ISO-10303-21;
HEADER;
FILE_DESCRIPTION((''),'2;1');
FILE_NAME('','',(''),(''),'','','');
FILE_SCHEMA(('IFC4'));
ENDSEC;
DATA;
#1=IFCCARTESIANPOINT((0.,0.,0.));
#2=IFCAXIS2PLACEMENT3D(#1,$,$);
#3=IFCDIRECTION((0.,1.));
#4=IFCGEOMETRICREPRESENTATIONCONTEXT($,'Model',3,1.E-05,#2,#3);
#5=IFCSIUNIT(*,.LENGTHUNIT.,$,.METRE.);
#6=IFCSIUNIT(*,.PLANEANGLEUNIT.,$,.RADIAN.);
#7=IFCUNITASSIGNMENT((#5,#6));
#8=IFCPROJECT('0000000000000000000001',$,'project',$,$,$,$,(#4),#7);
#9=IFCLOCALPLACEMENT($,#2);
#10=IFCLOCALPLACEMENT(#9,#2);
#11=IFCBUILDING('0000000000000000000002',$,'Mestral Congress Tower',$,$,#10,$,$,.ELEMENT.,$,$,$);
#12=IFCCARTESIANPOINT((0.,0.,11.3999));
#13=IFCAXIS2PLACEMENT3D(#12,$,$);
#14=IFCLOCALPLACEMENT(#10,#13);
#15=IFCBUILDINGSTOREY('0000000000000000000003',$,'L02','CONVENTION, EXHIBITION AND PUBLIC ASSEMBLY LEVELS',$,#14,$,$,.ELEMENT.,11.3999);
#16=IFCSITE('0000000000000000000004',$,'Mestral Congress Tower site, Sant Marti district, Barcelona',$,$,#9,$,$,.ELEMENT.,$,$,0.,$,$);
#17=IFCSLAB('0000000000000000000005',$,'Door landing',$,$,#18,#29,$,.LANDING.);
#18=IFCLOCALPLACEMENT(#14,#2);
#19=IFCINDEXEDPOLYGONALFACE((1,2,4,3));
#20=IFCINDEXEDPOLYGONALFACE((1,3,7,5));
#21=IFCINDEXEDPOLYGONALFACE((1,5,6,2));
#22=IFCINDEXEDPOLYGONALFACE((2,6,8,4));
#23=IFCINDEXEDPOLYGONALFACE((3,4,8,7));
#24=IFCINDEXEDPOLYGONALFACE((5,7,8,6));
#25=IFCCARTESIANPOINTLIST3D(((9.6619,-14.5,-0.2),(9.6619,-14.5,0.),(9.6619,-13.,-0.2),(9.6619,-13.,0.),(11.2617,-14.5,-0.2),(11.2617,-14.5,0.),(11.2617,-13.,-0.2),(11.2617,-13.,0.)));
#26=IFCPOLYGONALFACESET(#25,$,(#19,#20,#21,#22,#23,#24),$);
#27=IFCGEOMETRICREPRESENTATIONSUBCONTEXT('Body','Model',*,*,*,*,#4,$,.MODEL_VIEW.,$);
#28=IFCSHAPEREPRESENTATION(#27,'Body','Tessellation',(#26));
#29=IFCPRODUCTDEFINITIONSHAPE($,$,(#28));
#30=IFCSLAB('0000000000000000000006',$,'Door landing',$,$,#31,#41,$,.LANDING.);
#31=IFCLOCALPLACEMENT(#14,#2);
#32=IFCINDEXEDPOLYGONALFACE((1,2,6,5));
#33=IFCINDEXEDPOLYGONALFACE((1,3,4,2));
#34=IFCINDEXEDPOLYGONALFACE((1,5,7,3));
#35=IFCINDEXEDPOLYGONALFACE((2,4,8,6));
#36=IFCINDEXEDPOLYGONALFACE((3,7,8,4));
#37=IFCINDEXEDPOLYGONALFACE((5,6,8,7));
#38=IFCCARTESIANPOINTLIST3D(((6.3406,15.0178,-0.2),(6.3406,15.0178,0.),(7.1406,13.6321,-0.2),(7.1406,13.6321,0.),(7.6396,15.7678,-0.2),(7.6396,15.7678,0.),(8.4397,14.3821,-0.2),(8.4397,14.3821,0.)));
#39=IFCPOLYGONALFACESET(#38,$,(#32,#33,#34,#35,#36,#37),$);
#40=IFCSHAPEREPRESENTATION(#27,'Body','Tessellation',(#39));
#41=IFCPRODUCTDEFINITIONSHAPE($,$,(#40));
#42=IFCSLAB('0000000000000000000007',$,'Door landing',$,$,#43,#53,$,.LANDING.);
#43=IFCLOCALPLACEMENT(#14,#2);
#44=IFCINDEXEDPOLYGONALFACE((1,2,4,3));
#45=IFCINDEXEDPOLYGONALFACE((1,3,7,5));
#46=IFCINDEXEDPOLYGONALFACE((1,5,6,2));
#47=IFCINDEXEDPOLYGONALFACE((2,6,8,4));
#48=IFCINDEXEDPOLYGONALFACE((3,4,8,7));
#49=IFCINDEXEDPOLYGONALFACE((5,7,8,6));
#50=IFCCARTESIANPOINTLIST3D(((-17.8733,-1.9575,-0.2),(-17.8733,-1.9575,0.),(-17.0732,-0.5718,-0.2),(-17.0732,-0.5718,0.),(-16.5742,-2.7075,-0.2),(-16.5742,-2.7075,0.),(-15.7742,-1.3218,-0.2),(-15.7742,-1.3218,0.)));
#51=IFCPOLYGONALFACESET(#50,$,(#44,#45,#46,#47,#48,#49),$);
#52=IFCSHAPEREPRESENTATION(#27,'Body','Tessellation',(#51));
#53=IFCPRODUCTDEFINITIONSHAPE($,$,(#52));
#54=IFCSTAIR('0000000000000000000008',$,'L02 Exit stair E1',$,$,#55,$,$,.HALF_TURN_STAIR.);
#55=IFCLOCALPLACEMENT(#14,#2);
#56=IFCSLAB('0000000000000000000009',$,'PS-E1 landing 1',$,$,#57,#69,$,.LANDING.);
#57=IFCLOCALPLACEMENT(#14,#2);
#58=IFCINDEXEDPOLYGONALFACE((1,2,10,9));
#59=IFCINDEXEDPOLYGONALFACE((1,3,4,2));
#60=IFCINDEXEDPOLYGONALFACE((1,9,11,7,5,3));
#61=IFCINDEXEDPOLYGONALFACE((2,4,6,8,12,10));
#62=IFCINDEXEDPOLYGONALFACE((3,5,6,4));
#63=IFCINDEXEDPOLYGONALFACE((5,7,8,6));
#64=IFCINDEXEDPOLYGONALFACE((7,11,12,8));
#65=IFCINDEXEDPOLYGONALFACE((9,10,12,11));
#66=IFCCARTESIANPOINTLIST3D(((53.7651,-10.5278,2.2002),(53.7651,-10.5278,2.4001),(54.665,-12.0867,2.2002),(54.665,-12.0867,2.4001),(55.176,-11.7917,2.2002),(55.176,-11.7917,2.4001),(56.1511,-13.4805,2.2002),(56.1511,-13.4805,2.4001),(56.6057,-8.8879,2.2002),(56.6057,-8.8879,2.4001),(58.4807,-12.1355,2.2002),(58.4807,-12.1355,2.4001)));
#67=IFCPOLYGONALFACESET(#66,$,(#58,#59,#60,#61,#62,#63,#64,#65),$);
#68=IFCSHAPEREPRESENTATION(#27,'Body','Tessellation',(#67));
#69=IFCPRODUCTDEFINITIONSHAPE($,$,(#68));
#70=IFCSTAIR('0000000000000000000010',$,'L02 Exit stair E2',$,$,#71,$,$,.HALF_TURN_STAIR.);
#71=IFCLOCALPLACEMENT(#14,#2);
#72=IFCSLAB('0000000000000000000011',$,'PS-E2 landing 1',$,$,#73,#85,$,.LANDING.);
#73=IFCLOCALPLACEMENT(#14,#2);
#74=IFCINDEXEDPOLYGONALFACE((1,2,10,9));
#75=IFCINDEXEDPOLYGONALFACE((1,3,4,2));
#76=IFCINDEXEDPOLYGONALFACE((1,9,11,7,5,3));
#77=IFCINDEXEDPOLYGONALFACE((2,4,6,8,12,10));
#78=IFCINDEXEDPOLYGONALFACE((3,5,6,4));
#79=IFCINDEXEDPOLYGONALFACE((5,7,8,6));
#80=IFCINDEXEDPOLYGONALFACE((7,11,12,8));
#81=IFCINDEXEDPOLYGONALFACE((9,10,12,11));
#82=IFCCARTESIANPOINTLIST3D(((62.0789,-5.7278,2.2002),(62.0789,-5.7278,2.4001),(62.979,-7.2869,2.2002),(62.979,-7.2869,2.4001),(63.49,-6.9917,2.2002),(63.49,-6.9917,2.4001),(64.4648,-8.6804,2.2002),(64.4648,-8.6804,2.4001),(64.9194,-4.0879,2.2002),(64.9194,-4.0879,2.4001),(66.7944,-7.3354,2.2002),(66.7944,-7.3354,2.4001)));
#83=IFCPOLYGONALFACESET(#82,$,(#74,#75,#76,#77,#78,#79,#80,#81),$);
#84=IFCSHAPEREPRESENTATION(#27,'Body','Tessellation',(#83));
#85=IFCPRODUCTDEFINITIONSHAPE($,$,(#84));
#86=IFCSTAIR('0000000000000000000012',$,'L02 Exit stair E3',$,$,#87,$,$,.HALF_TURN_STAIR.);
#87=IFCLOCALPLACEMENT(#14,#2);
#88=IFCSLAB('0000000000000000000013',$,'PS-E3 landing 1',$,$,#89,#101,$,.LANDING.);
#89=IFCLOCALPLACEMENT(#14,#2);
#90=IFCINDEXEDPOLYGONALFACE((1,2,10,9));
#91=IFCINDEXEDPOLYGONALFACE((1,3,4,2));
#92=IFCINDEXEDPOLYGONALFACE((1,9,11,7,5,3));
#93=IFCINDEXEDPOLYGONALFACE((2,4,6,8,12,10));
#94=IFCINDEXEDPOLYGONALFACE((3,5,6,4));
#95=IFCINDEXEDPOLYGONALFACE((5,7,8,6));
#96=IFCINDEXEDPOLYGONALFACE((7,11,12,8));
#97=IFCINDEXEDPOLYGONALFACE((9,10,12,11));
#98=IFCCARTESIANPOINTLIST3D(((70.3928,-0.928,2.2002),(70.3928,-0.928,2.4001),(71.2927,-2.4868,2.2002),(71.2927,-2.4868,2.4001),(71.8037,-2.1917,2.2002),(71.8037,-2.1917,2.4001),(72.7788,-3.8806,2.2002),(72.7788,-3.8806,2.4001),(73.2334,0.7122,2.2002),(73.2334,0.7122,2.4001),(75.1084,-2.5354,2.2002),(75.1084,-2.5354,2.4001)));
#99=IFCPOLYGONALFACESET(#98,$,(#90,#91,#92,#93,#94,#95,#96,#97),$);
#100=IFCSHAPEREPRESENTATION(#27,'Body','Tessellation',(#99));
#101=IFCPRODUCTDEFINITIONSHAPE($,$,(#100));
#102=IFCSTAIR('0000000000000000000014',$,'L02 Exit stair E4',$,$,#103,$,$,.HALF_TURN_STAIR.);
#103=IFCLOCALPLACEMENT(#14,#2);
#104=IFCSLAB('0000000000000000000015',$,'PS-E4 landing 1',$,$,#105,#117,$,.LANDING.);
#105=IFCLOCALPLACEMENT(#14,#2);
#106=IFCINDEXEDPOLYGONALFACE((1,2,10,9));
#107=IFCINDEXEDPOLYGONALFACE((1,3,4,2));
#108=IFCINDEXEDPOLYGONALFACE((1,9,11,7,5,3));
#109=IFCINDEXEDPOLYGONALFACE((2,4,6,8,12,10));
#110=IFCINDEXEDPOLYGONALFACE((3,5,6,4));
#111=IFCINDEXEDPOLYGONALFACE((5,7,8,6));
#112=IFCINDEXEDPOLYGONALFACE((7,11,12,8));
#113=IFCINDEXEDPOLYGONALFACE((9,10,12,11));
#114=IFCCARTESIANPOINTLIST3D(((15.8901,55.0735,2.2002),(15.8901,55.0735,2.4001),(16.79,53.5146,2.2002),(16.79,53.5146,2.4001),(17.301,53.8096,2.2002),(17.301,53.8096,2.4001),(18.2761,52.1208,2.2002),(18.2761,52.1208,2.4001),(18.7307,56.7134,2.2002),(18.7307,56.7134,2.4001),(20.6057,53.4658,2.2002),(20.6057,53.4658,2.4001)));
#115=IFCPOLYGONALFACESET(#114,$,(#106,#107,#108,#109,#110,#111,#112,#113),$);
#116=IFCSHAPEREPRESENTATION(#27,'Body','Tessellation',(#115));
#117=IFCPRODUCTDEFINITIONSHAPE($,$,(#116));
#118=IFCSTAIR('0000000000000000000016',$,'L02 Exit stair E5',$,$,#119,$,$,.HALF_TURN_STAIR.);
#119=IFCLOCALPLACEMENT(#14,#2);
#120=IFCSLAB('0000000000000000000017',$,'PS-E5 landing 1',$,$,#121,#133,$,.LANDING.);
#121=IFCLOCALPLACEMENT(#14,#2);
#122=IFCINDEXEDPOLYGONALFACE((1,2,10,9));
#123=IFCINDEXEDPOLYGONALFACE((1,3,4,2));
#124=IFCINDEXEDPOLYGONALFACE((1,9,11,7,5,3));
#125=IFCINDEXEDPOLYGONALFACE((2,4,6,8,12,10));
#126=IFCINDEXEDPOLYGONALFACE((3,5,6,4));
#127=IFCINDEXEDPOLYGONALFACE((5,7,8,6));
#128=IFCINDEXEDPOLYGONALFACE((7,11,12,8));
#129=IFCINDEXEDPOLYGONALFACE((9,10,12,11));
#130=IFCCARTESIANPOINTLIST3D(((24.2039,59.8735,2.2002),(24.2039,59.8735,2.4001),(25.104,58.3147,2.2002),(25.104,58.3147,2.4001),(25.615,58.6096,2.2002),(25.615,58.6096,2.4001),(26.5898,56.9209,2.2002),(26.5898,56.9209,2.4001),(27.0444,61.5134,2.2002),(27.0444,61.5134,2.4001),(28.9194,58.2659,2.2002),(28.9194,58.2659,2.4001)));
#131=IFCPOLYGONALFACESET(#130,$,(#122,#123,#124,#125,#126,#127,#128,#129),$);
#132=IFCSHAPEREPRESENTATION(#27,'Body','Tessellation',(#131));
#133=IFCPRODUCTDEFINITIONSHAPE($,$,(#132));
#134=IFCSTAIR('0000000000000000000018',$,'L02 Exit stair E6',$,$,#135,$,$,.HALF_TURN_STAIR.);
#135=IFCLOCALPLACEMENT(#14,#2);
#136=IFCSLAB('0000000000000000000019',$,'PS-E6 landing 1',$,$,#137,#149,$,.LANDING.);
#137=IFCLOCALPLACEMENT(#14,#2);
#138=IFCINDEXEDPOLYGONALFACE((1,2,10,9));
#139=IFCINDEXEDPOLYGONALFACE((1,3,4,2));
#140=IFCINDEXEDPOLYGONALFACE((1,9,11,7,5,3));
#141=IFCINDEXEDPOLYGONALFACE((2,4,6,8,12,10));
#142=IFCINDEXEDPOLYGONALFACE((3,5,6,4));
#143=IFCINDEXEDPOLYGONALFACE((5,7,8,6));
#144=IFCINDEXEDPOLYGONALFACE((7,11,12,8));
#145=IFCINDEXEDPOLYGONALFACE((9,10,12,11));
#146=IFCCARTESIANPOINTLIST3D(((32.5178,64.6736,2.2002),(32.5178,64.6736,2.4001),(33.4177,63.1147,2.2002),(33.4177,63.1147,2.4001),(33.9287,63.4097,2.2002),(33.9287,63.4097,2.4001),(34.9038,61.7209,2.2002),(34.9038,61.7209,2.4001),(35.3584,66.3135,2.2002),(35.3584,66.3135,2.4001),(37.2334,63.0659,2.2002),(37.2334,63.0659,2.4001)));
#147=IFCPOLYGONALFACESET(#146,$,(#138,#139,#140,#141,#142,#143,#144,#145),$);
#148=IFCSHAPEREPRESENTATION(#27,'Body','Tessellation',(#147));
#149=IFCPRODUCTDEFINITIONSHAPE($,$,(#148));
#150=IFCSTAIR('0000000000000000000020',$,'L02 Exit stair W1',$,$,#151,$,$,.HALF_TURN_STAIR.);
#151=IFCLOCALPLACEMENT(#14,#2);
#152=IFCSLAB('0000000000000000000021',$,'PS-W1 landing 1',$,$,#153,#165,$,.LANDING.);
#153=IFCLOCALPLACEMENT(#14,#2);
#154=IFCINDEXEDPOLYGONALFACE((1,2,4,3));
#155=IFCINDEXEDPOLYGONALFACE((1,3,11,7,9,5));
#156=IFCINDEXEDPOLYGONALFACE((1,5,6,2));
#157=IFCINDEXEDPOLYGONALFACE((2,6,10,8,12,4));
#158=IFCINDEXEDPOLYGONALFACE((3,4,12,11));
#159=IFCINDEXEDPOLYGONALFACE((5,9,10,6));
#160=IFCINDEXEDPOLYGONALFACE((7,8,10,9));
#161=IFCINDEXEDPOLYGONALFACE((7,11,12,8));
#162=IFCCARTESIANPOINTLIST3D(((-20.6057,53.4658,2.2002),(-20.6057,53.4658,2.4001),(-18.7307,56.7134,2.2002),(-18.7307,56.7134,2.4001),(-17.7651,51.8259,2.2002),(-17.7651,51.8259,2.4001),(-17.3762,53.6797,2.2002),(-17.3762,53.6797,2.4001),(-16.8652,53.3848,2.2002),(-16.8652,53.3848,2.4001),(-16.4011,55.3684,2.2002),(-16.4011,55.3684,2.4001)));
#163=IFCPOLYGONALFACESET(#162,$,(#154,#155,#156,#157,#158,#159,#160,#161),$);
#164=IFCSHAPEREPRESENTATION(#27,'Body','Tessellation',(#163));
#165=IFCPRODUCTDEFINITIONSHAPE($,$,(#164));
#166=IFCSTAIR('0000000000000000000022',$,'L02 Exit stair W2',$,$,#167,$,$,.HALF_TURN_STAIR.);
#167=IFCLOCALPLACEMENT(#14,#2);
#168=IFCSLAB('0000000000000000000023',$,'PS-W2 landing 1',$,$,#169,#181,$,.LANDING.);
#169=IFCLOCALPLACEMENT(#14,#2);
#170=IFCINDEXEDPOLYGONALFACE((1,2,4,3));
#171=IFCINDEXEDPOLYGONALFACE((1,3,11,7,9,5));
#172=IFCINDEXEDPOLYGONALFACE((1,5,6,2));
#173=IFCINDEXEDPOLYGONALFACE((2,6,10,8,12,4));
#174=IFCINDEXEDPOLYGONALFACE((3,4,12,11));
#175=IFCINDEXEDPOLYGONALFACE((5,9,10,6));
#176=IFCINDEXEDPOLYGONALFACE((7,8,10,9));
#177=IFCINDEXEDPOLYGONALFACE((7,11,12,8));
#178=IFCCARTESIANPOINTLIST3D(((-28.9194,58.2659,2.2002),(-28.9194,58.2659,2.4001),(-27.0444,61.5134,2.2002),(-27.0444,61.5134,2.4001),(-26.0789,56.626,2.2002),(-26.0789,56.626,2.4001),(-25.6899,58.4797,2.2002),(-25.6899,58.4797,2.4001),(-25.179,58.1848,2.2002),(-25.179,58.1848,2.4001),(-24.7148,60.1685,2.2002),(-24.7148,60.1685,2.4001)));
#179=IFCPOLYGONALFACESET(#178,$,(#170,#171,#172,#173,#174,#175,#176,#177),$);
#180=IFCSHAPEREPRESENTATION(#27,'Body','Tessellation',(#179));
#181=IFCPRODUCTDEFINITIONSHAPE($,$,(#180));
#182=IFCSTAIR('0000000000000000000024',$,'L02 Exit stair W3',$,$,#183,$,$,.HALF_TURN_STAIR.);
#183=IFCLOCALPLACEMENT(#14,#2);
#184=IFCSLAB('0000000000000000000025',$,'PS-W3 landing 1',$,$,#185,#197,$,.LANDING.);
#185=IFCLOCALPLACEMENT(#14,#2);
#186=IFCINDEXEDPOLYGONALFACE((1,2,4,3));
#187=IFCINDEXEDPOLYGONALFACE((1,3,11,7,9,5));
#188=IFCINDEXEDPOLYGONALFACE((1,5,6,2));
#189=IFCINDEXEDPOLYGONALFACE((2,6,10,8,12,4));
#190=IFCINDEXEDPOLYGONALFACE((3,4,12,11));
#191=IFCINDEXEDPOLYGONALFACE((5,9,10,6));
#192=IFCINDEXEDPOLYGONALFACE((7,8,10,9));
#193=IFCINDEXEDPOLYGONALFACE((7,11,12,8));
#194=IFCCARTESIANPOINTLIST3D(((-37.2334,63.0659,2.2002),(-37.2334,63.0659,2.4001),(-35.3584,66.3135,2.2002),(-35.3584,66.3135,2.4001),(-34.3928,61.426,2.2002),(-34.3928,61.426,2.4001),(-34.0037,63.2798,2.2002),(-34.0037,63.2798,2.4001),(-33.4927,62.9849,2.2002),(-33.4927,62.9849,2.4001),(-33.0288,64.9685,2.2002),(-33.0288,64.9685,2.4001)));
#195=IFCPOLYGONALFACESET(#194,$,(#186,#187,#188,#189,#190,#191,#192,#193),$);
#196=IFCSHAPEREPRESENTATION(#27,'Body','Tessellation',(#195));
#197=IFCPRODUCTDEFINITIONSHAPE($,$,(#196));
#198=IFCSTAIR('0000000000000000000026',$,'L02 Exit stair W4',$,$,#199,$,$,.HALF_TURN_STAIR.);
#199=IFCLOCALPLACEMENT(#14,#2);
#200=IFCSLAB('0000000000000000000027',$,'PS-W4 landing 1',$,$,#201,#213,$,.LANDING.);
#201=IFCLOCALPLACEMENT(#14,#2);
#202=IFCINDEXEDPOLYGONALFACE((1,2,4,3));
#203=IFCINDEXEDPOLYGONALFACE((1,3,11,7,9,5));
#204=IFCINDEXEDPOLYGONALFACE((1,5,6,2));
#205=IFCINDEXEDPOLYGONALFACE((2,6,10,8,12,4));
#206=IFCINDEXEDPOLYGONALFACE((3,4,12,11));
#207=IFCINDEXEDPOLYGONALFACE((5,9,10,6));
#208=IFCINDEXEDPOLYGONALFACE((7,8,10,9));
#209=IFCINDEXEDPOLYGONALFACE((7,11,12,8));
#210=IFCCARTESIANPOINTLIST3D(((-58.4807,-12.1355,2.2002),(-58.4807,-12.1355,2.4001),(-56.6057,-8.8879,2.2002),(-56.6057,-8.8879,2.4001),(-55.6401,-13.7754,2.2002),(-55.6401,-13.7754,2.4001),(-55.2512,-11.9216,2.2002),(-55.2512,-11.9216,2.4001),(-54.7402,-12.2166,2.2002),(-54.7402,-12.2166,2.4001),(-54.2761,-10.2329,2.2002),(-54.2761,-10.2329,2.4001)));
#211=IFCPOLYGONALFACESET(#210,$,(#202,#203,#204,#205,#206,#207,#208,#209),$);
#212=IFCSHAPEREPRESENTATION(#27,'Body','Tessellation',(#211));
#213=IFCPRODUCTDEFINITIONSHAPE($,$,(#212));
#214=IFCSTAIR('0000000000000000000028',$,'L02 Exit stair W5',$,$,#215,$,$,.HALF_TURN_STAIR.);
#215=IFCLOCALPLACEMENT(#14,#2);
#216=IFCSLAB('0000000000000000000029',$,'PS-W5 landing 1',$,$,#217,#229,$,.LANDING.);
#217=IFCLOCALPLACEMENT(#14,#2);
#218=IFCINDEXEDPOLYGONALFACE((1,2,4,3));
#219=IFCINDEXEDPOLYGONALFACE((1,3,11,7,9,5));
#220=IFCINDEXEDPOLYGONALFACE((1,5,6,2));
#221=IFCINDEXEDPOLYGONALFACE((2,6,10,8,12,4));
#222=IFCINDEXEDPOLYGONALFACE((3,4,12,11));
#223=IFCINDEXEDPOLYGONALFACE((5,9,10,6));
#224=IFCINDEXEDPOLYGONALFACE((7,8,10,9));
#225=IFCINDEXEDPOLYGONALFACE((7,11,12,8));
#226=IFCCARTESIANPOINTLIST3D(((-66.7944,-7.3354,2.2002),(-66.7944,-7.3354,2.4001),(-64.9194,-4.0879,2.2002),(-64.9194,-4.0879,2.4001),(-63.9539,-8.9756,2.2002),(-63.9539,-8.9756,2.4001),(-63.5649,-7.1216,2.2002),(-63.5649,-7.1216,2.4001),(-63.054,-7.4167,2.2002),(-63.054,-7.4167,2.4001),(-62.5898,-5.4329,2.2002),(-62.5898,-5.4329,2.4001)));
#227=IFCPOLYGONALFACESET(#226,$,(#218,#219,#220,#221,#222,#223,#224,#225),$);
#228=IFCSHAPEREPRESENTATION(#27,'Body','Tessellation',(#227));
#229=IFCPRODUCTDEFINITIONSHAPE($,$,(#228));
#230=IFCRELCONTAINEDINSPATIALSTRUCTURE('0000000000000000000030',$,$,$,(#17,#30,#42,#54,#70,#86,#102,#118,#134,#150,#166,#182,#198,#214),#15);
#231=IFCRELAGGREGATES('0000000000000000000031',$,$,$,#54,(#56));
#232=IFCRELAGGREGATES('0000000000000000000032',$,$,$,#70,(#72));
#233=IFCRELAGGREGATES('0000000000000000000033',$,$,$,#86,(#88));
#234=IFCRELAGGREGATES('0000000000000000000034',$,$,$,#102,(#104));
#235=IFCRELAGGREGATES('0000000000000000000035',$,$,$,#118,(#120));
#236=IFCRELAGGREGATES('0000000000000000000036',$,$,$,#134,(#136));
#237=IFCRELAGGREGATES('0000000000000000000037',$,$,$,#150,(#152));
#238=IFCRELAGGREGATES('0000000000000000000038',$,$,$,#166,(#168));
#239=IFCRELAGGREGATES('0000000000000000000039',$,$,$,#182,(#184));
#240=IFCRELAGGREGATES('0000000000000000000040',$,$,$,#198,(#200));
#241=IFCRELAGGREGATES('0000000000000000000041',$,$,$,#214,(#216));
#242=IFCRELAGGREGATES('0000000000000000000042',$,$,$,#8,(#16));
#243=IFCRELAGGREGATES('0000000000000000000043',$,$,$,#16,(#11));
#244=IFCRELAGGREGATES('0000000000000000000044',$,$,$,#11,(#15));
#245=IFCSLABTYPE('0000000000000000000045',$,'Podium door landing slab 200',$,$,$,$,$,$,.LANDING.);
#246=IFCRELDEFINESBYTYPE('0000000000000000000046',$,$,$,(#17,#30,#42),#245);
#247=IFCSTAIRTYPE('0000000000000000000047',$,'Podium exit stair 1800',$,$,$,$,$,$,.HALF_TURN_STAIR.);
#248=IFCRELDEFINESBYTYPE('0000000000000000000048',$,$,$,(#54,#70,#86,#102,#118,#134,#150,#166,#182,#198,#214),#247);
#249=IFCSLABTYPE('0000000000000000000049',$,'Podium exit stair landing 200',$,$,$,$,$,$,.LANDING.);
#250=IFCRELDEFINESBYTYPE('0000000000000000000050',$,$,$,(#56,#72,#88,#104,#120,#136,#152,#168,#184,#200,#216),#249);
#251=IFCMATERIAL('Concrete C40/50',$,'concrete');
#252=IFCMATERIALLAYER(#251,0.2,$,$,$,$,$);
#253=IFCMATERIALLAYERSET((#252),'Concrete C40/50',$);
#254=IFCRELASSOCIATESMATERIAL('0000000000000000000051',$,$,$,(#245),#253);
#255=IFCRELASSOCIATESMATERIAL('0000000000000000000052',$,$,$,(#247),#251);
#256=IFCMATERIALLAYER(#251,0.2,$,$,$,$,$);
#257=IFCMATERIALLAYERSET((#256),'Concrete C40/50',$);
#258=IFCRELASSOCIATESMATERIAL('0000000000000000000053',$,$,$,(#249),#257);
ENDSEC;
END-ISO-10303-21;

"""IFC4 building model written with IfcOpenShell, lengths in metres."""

from ifc_helpers import new_model, si_unit, direction, frame, origin, place, context, subcontext, project, spatial, polyline, outline, extrude, material, layer, layer_set, type_object, element, aggregate, save


model = new_model("IFC4")

# Units and contexts
model_context = context("Model", 3, precision=1e-05, world=origin(), true_north=direction((0.0, 1.0)))
body_context = subcontext(model_context, "Body", "Model", "MODEL_VIEW")
ifc_project = project(units=[si_unit("LENGTHUNIT", "METRE"), si_unit("PLANEANGLEUNIT", "RADIAN")], contexts=[model_context])

# Site, building, storey
site_placement = place(None, origin())
site = spatial("IfcSite", under=ifc_project, at=site_placement, Name="Mestral Congress Tower site, Sant Marti district, Barcelona", CompositionType="ELEMENT", RefElevation=0.0)
building_placement = place(site_placement, origin())
building = spatial("IfcBuilding", under=site, at=building_placement, Name="Mestral Congress Tower", CompositionType="ELEMENT")
storey_placement = place(building_placement, frame((0.0, 0.0, 11.3999)))
storey = spatial("IfcBuildingStorey", under=building, at=storey_placement, Name="L02", Description="CONVENTION, EXHIBITION AND PUBLIC ASSEMBLY LEVELS", CompositionType="ELEMENT", Elevation=11.3999)

# Slabs
ifc_material_1 = material(Name="Concrete C40/50", Category="concrete")
ifc_layer_1 = layer(ifc_material_1, 0.2)
ifc_layer_set_1 = layer_set([ifc_layer_1], Name="Concrete C40/50")
slab_type_1 = type_object("IfcSlabType", Name="Podium door landing slab 200", PredefinedType="LANDING", material=ifc_layer_set_1)
placement_1 = place(storey_placement, frame((0.0, 0.0, -0.2)))
element("IfcSlab", 1, at=placement_1, inside=storey, type_object=slab_type_1, Name="Door landing", PredefinedType="LANDING", context=body_context, shape_type="SweptSolid", body=[
    extrude(outline(polyline([(9.6619, -13.0), (9.6619, -14.5), (11.2617, -14.5), (11.2617, -13.0), (9.6619, -13.0)])), origin(), (0.0, 0.0, 1.0), 0.2),
])
element("IfcSlab", 2, at=placement_1, inside=storey, type_object=slab_type_1, Name="Door landing", PredefinedType="LANDING", context=body_context, shape_type="SweptSolid", body=[
    extrude(outline(polyline([(7.1406, 13.6321), (8.4397, 14.3821), (7.6396, 15.7678), (6.3406, 15.0178), (7.1406, 13.6321)])), origin(), (0.0, 0.0, 1.0), 0.2),
])
element("IfcSlab", 3, at=placement_1, inside=storey, type_object=slab_type_1, Name="Door landing", PredefinedType="LANDING", context=body_context, shape_type="SweptSolid", body=[
    extrude(outline(polyline([(-15.7742, -1.3218), (-17.0732, -0.5718), (-17.8733, -1.9575), (-16.5742, -2.7075), (-15.7742, -1.3218)])), origin(), (0.0, 0.0, 1.0), 0.2),
])

# Stairs, slabs
stair_type = type_object("IfcStairType", Name="Podium exit stair 1800", PredefinedType="HALF_TURN_STAIR", material=ifc_material_1)
placement_2 = place(storey_placement, origin())
stair_1 = element("IfcStair", 4, at=placement_2, inside=storey, type_object=stair_type, Name="L02 Exit stair E1", PredefinedType="HALF_TURN_STAIR")
ifc_layer_2 = layer(ifc_material_1, 0.2)
ifc_layer_set_2 = layer_set([ifc_layer_2], Name="Concrete C40/50")
slab_type_2 = type_object("IfcSlabType", Name="Podium exit stair landing 200", PredefinedType="LANDING", material=ifc_layer_set_2)
placement_3 = place(storey_placement, frame((0.0, 0.0, 2.2002)))
slab_1 = element("IfcSlab", 5, at=placement_3, type_object=slab_type_2, Name="PS-E1 landing 1", PredefinedType="LANDING", context=body_context, shape_type="SweptSolid", body=[
    extrude(outline(polyline([(58.4807, -12.1355), (56.1511, -13.4805), (55.176, -11.7917), (54.665, -12.0867), (53.7651, -10.5278), (56.6057, -8.8879), (58.4807, -12.1355)])), origin(), (0.0, 0.0, 1.0), 0.2),
])
aggregate(stair_1, [slab_1])
stair_2 = element("IfcStair", 6, at=placement_2, inside=storey, type_object=stair_type, Name="L02 Exit stair E2", PredefinedType="HALF_TURN_STAIR")
slab_2 = element("IfcSlab", 7, at=placement_3, type_object=slab_type_2, Name="PS-E2 landing 1", PredefinedType="LANDING", context=body_context, shape_type="SweptSolid", body=[
    extrude(outline(polyline([(66.7944, -7.3354), (64.4648, -8.6804), (63.49, -6.9917), (62.979, -7.2869), (62.0789, -5.7278), (64.9194, -4.0879), (66.7944, -7.3354)])), origin(), (0.0, 0.0, 1.0), 0.2),
])
aggregate(stair_2, [slab_2])
stair_3 = element("IfcStair", 8, at=placement_2, inside=storey, type_object=stair_type, Name="L02 Exit stair E3", PredefinedType="HALF_TURN_STAIR")
slab_3 = element("IfcSlab", 9, at=placement_3, type_object=slab_type_2, Name="PS-E3 landing 1", PredefinedType="LANDING", context=body_context, shape_type="SweptSolid", body=[
    extrude(outline(polyline([(75.1084, -2.5354), (72.7788, -3.8806), (71.8037, -2.1917), (71.2927, -2.4868), (70.3928, -0.928), (73.2334, 0.7122), (75.1084, -2.5354)])), origin(), (0.0, 0.0, 1.0), 0.2),
])
aggregate(stair_3, [slab_3])
stair_4 = element("IfcStair", 10, at=placement_2, inside=storey, type_object=stair_type, Name="L02 Exit stair E4", PredefinedType="HALF_TURN_STAIR")
slab_4 = element("IfcSlab", 11, at=placement_3, type_object=slab_type_2, Name="PS-E4 landing 1", PredefinedType="LANDING", context=body_context, shape_type="SweptSolid", body=[
    extrude(outline(polyline([(20.6057, 53.4658), (18.2761, 52.1208), (17.301, 53.8096), (16.79, 53.5146), (15.8901, 55.0735), (18.7307, 56.7134), (20.6057, 53.4658)])), origin(), (0.0, 0.0, 1.0), 0.2),
])
aggregate(stair_4, [slab_4])
stair_5 = element("IfcStair", 12, at=placement_2, inside=storey, type_object=stair_type, Name="L02 Exit stair E5", PredefinedType="HALF_TURN_STAIR")
slab_5 = element("IfcSlab", 13, at=placement_3, type_object=slab_type_2, Name="PS-E5 landing 1", PredefinedType="LANDING", context=body_context, shape_type="SweptSolid", body=[
    extrude(outline(polyline([(28.9194, 58.2659), (26.5898, 56.9209), (25.615, 58.6096), (25.104, 58.3147), (24.2039, 59.8735), (27.0444, 61.5134), (28.9194, 58.2659)])), origin(), (0.0, 0.0, 1.0), 0.2),
])
aggregate(stair_5, [slab_5])
stair_6 = element("IfcStair", 14, at=placement_2, inside=storey, type_object=stair_type, Name="L02 Exit stair E6", PredefinedType="HALF_TURN_STAIR")
slab_6 = element("IfcSlab", 15, at=placement_3, type_object=slab_type_2, Name="PS-E6 landing 1", PredefinedType="LANDING", context=body_context, shape_type="SweptSolid", body=[
    extrude(outline(polyline([(37.2334, 63.0659), (34.9038, 61.7209), (33.9287, 63.4097), (33.4177, 63.1147), (32.5178, 64.6736), (35.3584, 66.3135), (37.2334, 63.0659)])), origin(), (0.0, 0.0, 1.0), 0.2),
])
aggregate(stair_6, [slab_6])
stair_7 = element("IfcStair", 16, at=placement_2, inside=storey, type_object=stair_type, Name="L02 Exit stair W1", PredefinedType="HALF_TURN_STAIR")
slab_7 = element("IfcSlab", 17, at=placement_3, type_object=slab_type_2, Name="PS-W1 landing 1", PredefinedType="LANDING", context=body_context, shape_type="SweptSolid", body=[
    extrude(outline(polyline([(-16.8652, 53.3848), (-17.7651, 51.8259), (-20.6057, 53.4658), (-18.7307, 56.7134), (-16.4011, 55.3684), (-17.3762, 53.6797), (-16.8652, 53.3848)])), origin(), (0.0, 0.0, 1.0), 0.2),
])
aggregate(stair_7, [slab_7])
stair_8 = element("IfcStair", 18, at=placement_2, inside=storey, type_object=stair_type, Name="L02 Exit stair W2", PredefinedType="HALF_TURN_STAIR")
slab_8 = element("IfcSlab", 19, at=placement_3, type_object=slab_type_2, Name="PS-W2 landing 1", PredefinedType="LANDING", context=body_context, shape_type="SweptSolid", body=[
    extrude(outline(polyline([(-25.179, 58.1848), (-26.0789, 56.626), (-28.9194, 58.2659), (-27.0444, 61.5134), (-24.7148, 60.1685), (-25.6899, 58.4797), (-25.179, 58.1848)])), origin(), (0.0, 0.0, 1.0), 0.2),
])
aggregate(stair_8, [slab_8])
stair_9 = element("IfcStair", 20, at=placement_2, inside=storey, type_object=stair_type, Name="L02 Exit stair W3", PredefinedType="HALF_TURN_STAIR")
slab_9 = element("IfcSlab", 21, at=placement_3, type_object=slab_type_2, Name="PS-W3 landing 1", PredefinedType="LANDING", context=body_context, shape_type="SweptSolid", body=[
    extrude(outline(polyline([(-33.4927, 62.9849), (-34.3928, 61.426), (-37.2334, 63.0659), (-35.3584, 66.3135), (-33.0288, 64.9685), (-34.0037, 63.2798), (-33.4927, 62.9849)])), origin(), (0.0, 0.0, 1.0), 0.2),
])
aggregate(stair_9, [slab_9])
stair_10 = element("IfcStair", 22, at=placement_2, inside=storey, type_object=stair_type, Name="L02 Exit stair W4", PredefinedType="HALF_TURN_STAIR")
slab_10 = element("IfcSlab", 23, at=placement_3, type_object=slab_type_2, Name="PS-W4 landing 1", PredefinedType="LANDING", context=body_context, shape_type="SweptSolid", body=[
    extrude(outline(polyline([(-54.7402, -12.2166), (-55.6401, -13.7754), (-58.4807, -12.1355), (-56.6057, -8.8879), (-54.2761, -10.2329), (-55.2512, -11.9216), (-54.7402, -12.2166)])), origin(), (0.0, 0.0, 1.0), 0.2),
])
aggregate(stair_10, [slab_10])
stair_11 = element("IfcStair", 24, at=placement_2, inside=storey, type_object=stair_type, Name="L02 Exit stair W5", PredefinedType="HALF_TURN_STAIR")
slab_11 = element("IfcSlab", 25, at=placement_3, type_object=slab_type_2, Name="PS-W5 landing 1", PredefinedType="LANDING", context=body_context, shape_type="SweptSolid", body=[
    extrude(outline(polyline([(-63.054, -7.4167), (-63.9539, -8.9756), (-66.7944, -7.3354), (-64.9194, -4.0879), (-62.5898, -5.4329), (-63.5649, -7.1216), (-63.054, -7.4167)])), origin(), (0.0, 0.0, 1.0), 0.2),
])
aggregate(stair_11, [slab_11])

save(model, "model.ifc")
